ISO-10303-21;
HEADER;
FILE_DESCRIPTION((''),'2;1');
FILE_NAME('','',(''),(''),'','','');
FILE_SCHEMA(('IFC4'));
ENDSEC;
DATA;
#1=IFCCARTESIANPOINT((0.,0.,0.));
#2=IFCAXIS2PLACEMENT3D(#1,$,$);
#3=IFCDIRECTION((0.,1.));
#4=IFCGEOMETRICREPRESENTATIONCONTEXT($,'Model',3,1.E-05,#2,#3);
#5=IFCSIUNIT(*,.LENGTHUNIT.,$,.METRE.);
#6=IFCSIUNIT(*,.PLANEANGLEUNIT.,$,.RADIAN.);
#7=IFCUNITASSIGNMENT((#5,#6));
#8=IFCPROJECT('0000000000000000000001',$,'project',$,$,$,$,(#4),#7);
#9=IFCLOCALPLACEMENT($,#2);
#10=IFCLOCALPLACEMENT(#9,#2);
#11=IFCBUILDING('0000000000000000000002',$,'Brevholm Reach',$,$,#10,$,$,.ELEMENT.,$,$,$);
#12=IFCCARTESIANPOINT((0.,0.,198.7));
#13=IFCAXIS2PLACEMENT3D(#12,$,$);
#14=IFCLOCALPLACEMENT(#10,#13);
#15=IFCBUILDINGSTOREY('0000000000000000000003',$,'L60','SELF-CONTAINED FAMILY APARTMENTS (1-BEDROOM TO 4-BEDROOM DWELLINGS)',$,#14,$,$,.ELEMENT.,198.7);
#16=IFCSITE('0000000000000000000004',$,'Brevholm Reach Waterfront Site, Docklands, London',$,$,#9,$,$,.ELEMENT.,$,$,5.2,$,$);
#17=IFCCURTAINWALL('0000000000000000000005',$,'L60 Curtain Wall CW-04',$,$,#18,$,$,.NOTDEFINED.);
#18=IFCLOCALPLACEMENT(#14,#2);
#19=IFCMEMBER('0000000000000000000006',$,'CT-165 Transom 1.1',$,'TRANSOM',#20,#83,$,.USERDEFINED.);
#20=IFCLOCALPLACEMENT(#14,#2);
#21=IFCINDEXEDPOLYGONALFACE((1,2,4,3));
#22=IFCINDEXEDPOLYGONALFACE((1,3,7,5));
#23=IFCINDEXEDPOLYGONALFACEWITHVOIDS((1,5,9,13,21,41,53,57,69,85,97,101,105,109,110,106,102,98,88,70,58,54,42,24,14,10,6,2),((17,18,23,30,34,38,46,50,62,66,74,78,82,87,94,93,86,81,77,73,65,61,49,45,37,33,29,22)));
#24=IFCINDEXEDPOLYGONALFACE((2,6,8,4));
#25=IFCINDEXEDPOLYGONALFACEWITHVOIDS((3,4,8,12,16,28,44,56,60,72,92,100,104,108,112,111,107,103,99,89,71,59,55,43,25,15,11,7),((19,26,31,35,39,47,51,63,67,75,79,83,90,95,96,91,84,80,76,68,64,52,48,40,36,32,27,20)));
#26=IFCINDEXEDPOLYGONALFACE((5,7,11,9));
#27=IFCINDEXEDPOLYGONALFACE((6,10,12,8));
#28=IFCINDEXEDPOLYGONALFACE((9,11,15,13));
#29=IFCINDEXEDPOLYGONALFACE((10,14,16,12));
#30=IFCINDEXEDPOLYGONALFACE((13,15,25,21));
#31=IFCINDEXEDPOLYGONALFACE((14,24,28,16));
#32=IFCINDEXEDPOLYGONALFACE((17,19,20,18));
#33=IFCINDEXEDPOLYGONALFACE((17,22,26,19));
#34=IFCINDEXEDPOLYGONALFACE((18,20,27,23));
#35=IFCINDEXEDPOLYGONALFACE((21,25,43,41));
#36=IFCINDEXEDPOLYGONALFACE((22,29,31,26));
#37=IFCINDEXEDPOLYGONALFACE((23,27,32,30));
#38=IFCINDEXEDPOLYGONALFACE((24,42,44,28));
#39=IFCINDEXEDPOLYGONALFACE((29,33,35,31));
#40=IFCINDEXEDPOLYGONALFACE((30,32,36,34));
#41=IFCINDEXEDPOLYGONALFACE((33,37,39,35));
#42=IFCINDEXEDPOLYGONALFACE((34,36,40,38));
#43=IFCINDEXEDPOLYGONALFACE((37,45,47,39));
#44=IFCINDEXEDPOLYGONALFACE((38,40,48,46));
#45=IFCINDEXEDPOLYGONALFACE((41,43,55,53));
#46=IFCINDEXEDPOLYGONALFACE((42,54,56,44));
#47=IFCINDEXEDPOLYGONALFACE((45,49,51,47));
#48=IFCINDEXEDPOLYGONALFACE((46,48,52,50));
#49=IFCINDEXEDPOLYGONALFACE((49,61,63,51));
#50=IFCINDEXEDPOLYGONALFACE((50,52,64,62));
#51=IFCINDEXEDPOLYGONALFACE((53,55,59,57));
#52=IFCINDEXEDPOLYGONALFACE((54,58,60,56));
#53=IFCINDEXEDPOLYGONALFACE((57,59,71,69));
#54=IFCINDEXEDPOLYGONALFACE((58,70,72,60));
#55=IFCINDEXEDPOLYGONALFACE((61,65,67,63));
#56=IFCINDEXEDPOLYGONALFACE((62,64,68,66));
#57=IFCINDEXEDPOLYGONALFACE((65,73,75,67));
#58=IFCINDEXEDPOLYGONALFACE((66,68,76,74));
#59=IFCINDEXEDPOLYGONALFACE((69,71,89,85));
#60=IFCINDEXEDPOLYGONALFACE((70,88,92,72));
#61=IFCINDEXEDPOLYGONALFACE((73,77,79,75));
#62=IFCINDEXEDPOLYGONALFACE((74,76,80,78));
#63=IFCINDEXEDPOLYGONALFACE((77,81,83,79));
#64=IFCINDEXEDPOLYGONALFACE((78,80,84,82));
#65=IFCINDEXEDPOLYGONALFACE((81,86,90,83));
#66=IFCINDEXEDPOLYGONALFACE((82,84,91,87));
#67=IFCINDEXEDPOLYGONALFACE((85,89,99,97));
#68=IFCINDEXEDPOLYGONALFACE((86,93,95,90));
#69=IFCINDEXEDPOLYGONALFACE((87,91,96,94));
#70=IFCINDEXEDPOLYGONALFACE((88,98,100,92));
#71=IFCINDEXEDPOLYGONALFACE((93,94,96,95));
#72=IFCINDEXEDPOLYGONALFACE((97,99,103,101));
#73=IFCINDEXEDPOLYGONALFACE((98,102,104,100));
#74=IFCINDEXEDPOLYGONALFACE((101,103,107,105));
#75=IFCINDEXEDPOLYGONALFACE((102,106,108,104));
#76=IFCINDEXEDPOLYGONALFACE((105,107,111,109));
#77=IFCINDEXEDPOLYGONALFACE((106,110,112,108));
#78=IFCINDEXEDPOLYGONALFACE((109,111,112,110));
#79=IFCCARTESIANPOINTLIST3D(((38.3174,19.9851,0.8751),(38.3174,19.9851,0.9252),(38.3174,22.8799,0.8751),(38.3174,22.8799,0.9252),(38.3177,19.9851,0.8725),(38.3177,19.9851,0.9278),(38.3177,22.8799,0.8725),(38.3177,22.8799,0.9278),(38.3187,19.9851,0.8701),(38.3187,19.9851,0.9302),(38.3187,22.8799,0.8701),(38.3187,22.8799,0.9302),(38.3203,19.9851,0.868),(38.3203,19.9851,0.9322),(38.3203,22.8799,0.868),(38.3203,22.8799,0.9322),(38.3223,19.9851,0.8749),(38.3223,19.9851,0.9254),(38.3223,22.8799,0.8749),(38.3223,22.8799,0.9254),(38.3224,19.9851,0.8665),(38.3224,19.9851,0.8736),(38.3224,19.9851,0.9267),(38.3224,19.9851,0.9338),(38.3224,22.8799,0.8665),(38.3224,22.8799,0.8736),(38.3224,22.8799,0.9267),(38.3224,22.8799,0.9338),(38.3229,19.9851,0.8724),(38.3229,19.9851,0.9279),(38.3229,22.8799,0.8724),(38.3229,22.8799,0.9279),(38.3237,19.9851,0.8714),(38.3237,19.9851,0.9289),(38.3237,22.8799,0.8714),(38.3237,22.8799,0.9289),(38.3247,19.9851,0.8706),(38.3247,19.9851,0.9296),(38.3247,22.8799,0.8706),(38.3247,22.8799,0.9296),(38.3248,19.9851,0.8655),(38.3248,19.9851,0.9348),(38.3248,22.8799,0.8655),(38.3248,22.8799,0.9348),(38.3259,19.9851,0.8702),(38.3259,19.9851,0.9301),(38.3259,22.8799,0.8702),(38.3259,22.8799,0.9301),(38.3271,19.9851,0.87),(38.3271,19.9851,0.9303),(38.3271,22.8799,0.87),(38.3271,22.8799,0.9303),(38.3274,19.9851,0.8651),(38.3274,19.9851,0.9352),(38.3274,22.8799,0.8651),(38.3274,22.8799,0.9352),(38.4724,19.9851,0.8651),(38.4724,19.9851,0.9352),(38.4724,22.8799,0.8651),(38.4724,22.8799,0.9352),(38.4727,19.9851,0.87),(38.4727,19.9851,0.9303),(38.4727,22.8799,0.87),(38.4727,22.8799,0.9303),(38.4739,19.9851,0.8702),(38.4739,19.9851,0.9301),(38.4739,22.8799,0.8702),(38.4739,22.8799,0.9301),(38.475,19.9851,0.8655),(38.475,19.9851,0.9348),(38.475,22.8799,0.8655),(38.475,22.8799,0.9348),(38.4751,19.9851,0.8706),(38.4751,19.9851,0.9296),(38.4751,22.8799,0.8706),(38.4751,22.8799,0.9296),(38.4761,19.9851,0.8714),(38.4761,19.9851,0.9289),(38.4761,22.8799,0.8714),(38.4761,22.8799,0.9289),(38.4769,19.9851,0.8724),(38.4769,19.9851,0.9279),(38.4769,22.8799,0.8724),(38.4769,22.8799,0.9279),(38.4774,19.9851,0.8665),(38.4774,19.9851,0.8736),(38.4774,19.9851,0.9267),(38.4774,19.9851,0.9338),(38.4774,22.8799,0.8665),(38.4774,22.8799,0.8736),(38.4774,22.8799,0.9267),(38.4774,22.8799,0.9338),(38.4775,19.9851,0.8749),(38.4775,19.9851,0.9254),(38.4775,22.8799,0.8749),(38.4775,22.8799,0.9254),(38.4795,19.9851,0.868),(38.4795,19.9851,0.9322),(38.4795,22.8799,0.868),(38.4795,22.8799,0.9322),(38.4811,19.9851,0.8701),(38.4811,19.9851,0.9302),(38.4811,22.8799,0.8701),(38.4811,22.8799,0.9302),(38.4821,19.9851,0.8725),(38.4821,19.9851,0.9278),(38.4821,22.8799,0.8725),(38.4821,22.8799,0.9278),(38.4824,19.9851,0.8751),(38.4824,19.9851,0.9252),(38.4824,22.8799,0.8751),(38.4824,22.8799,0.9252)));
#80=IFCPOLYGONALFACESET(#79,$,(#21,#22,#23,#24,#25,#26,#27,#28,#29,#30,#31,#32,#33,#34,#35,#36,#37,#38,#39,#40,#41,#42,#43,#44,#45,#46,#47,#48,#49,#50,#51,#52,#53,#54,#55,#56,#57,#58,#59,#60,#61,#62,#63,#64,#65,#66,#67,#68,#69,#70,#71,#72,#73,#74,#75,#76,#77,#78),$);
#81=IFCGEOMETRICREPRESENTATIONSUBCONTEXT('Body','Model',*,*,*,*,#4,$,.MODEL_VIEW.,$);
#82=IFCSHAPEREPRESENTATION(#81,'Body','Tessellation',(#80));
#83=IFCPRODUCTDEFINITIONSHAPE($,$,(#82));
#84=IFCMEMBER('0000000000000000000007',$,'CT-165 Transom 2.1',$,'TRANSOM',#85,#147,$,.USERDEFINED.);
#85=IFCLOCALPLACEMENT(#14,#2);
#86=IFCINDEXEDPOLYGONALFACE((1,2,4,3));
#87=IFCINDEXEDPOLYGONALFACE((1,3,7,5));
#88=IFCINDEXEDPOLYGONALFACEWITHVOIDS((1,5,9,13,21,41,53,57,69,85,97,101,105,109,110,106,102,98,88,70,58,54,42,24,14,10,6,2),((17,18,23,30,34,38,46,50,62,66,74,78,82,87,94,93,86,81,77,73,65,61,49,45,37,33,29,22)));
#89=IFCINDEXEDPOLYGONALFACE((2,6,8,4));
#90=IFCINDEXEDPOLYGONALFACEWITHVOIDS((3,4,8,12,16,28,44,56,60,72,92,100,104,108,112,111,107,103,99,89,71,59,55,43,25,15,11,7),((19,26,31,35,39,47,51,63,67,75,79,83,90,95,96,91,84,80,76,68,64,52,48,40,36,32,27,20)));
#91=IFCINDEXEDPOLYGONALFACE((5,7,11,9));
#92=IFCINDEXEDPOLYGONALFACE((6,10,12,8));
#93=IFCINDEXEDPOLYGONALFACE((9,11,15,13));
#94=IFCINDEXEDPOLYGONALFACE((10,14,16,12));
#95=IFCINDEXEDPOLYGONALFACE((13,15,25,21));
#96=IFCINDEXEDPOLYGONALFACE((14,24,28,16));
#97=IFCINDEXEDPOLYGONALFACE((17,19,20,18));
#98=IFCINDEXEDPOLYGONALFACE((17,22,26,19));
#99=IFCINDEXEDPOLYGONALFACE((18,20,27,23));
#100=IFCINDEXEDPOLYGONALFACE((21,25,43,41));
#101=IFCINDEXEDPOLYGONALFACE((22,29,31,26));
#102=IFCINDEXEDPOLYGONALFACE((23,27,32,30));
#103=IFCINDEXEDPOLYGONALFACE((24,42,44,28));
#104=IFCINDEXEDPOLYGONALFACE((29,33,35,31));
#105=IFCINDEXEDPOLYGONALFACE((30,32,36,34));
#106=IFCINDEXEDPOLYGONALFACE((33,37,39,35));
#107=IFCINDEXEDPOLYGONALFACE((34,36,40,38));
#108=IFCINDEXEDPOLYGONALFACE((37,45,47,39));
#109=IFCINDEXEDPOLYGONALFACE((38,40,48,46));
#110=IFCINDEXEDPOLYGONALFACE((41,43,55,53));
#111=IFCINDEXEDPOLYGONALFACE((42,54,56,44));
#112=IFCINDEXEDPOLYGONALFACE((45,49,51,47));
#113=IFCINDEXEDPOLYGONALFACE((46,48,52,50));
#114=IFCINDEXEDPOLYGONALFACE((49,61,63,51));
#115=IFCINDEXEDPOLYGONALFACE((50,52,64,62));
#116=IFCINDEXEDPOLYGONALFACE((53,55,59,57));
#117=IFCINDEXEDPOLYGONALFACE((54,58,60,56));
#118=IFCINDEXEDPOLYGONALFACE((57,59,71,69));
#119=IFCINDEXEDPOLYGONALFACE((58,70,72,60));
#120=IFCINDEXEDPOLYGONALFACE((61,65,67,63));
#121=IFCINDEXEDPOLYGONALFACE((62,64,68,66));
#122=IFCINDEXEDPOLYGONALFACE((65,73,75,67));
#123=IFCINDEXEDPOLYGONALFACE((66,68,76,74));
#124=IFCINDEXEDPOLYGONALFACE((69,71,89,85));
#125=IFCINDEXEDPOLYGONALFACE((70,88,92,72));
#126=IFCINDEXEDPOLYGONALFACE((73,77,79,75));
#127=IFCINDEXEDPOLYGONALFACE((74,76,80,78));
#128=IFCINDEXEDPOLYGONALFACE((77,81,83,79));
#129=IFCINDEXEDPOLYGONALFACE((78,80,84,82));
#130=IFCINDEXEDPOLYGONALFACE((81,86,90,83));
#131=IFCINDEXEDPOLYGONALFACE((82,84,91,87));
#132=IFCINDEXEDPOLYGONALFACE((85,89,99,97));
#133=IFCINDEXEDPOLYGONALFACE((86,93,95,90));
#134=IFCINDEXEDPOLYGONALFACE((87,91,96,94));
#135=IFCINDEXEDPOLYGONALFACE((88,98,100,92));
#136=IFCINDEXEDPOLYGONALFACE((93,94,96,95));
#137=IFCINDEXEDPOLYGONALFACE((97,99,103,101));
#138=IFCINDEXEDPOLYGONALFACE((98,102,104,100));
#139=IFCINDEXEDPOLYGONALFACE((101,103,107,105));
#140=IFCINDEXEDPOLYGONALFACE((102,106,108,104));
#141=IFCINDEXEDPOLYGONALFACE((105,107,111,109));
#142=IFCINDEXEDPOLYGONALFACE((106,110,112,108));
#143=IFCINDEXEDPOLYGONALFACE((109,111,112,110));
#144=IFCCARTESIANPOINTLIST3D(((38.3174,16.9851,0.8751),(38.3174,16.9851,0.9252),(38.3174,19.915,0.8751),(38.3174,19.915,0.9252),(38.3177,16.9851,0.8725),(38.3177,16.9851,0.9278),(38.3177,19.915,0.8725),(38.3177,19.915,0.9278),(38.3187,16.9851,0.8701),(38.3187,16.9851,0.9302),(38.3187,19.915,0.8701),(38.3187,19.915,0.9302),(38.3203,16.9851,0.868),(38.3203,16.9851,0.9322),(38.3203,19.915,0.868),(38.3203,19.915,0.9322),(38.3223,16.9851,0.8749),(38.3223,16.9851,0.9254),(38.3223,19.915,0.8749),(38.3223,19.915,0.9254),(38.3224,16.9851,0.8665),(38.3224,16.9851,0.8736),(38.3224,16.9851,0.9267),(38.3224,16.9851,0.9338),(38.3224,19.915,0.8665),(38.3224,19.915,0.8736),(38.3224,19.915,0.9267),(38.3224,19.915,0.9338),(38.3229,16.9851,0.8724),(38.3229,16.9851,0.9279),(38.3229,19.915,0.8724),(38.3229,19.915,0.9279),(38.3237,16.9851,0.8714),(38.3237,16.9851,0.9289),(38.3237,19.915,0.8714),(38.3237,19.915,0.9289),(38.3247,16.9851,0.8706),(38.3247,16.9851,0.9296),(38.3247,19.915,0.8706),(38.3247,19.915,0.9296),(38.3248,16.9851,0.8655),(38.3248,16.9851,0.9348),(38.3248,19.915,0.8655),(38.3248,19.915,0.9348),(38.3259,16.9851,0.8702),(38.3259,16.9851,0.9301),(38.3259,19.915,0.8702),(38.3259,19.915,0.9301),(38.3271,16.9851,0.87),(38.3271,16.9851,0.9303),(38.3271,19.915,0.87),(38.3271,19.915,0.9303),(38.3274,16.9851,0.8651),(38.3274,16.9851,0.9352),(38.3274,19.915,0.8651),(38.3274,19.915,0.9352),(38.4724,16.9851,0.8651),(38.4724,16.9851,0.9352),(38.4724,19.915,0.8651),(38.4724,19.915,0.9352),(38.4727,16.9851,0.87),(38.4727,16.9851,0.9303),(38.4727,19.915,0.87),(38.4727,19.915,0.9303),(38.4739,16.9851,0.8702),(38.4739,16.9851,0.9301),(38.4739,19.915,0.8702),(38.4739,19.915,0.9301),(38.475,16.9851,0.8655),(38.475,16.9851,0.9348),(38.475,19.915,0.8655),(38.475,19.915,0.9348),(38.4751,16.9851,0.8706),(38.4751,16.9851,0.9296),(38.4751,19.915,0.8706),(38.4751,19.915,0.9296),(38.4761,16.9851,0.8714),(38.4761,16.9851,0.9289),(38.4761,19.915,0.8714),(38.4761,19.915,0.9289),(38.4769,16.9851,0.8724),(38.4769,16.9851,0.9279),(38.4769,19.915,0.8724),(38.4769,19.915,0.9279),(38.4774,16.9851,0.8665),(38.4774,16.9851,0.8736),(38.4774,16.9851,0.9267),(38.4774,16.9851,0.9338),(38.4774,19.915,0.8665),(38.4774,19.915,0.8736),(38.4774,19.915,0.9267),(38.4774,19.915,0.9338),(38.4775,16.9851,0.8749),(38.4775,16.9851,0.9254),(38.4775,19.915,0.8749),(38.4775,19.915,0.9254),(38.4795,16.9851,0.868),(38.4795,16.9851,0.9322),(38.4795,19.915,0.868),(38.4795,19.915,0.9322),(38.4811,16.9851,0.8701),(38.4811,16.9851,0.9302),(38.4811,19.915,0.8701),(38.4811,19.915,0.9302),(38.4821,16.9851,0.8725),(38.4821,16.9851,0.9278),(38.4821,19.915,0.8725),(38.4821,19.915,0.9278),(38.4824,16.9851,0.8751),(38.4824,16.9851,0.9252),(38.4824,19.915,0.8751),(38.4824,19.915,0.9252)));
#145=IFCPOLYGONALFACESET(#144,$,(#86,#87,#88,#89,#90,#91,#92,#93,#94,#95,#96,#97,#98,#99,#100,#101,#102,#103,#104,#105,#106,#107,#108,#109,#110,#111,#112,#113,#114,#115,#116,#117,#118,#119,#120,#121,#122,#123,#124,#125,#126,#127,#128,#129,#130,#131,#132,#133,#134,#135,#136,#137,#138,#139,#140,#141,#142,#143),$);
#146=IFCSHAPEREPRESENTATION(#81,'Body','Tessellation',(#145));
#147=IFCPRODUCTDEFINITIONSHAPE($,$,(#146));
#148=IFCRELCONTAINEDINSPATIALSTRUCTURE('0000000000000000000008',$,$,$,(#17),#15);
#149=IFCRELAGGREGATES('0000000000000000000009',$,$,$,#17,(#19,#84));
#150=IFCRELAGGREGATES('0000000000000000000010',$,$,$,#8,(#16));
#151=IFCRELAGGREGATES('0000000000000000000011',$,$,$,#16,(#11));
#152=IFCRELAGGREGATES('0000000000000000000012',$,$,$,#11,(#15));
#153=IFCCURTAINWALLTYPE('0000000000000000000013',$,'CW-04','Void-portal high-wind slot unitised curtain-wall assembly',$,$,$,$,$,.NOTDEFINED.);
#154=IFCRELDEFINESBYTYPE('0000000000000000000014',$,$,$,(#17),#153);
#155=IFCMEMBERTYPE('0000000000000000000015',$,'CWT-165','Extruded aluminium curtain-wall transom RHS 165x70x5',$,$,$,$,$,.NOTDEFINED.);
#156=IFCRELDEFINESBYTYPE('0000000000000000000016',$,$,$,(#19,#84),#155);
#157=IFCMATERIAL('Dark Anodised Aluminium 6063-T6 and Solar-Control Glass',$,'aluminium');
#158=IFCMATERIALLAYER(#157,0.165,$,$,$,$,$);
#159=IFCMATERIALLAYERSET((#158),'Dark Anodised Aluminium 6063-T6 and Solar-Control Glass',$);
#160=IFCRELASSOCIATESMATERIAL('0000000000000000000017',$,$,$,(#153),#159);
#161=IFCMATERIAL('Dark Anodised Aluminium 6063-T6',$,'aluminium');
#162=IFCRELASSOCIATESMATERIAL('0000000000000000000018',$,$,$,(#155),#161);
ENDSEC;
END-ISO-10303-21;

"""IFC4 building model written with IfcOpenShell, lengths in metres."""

from ifc_helpers import new_model, si_unit, direction, frame, origin, origin_2d, place, context, subcontext, project, spatial, hollow_rectangle, extrude, material, layer, layer_set, material_profile, profile_set, type_object, element, aggregate, save


model = new_model("IFC4")

# Units and contexts
model_context = context("Model", 3, precision=1e-05, world=origin(), true_north=direction((0.0, 1.0)))
body_context = subcontext(model_context, "Body", "Model", "MODEL_VIEW")
ifc_project = project(units=[si_unit("LENGTHUNIT", "METRE"), si_unit("PLANEANGLEUNIT", "RADIAN")], contexts=[model_context])

# Site, building, storey
site_placement = place(None, origin())
site = spatial("IfcSite", under=ifc_project, at=site_placement, Name="Brevholm Reach Waterfront Site, Docklands, London", CompositionType="ELEMENT", RefElevation=5.2)
building_placement = place(site_placement, origin())
building = spatial("IfcBuilding", under=site, at=building_placement, Name="Brevholm Reach", CompositionType="ELEMENT")
storey_placement = place(building_placement, frame((0.0, 0.0, 198.7)))
storey = spatial("IfcBuildingStorey", under=building, at=storey_placement, Name="L60", Description="SELF-CONTAINED FAMILY APARTMENTS (1-BEDROOM TO 4-BEDROOM DWELLINGS)", CompositionType="ELEMENT", Elevation=198.7)

# Curtain wall, members
ifc_material_1 = material(Name="Dark Anodised Aluminium 6063-T6 and Solar-Control Glass", Category="aluminium")
ifc_layer_1 = layer(ifc_material_1, 0.165)
ifc_layer_set_1 = layer_set([ifc_layer_1], Name="Dark Anodised Aluminium 6063-T6 and Solar-Control Glass")
curtain_wall_type = type_object("IfcCurtainWallType", Name="CW-04", Description="Void-portal high-wind slot unitised curtain-wall assembly", PredefinedType="NOTDEFINED", material=ifc_layer_set_1)
curtain_wall_placement = place(storey_placement, origin())
curtain_wall = element("IfcCurtainWall", 1, at=curtain_wall_placement, inside=storey, type_object=curtain_wall_type, Name="L60 Curtain Wall CW-04", PredefinedType="NOTDEFINED")
ifc_material_2 = material(Name="Dark Anodised Aluminium 6063-T6", Category="aluminium")
ifc_material_profile_1 = material_profile(ifc_material_2, hollow_rectangle(XDim=0.0701, YDim=0.165, WallThickness=0.0049, InnerFilletRadius=0.0049, OuterFilletRadius=0.01, at=origin_2d()), Name="RHS 165x70x5")
ifc_profile_set_1 = profile_set([ifc_material_profile_1], Name="Dark Anodised Aluminium 6063-T6")
member_type_1 = type_object("IfcMemberType", Name="CWT-165", Description="Extruded aluminium curtain-wall transom RHS 165x70x5", PredefinedType="NOTDEFINED", material=ifc_profile_set_1)
member_1_placement = place(storey_placement, frame((38.3999, 22.8799, 0.9001), z_axis=(0.0, -1.0, 0.0), x_axis=(0.0, 0.0, 1.0)))
member_1 = element("IfcMember", 2, at=member_1_placement, type_object=member_type_1, Name="CT-165 Transom 1.1", ObjectType="TRANSOM", PredefinedType="USERDEFINED", context=body_context, shape_type="SweptSolid", body=[
    extrude(hollow_rectangle(XDim=0.0701, YDim=0.165, WallThickness=0.0049, InnerFilletRadius=0.0049, OuterFilletRadius=0.01, at=origin_2d()), origin(), (0.0, 0.0, 1.0), 2.8948),
])
member_2_placement = place(storey_placement, frame((38.3999, 19.915, 0.9001), z_axis=(0.0, -1.0, 0.0), x_axis=(0.0, 0.0, 1.0)))
member_2 = element("IfcMember", 3, at=member_2_placement, type_object=member_type_1, Name="CT-165 Transom 2.1", ObjectType="TRANSOM", PredefinedType="USERDEFINED", context=body_context, shape_type="SweptSolid", body=[
    extrude(hollow_rectangle(XDim=0.0701, YDim=0.165, WallThickness=0.0049, InnerFilletRadius=0.0049, OuterFilletRadius=0.01, at=origin_2d()), origin(), (0.0, 0.0, 1.0), 2.9299),
])
aggregate(curtain_wall, [member_1, member_2])

save(model, "model.ifc")
